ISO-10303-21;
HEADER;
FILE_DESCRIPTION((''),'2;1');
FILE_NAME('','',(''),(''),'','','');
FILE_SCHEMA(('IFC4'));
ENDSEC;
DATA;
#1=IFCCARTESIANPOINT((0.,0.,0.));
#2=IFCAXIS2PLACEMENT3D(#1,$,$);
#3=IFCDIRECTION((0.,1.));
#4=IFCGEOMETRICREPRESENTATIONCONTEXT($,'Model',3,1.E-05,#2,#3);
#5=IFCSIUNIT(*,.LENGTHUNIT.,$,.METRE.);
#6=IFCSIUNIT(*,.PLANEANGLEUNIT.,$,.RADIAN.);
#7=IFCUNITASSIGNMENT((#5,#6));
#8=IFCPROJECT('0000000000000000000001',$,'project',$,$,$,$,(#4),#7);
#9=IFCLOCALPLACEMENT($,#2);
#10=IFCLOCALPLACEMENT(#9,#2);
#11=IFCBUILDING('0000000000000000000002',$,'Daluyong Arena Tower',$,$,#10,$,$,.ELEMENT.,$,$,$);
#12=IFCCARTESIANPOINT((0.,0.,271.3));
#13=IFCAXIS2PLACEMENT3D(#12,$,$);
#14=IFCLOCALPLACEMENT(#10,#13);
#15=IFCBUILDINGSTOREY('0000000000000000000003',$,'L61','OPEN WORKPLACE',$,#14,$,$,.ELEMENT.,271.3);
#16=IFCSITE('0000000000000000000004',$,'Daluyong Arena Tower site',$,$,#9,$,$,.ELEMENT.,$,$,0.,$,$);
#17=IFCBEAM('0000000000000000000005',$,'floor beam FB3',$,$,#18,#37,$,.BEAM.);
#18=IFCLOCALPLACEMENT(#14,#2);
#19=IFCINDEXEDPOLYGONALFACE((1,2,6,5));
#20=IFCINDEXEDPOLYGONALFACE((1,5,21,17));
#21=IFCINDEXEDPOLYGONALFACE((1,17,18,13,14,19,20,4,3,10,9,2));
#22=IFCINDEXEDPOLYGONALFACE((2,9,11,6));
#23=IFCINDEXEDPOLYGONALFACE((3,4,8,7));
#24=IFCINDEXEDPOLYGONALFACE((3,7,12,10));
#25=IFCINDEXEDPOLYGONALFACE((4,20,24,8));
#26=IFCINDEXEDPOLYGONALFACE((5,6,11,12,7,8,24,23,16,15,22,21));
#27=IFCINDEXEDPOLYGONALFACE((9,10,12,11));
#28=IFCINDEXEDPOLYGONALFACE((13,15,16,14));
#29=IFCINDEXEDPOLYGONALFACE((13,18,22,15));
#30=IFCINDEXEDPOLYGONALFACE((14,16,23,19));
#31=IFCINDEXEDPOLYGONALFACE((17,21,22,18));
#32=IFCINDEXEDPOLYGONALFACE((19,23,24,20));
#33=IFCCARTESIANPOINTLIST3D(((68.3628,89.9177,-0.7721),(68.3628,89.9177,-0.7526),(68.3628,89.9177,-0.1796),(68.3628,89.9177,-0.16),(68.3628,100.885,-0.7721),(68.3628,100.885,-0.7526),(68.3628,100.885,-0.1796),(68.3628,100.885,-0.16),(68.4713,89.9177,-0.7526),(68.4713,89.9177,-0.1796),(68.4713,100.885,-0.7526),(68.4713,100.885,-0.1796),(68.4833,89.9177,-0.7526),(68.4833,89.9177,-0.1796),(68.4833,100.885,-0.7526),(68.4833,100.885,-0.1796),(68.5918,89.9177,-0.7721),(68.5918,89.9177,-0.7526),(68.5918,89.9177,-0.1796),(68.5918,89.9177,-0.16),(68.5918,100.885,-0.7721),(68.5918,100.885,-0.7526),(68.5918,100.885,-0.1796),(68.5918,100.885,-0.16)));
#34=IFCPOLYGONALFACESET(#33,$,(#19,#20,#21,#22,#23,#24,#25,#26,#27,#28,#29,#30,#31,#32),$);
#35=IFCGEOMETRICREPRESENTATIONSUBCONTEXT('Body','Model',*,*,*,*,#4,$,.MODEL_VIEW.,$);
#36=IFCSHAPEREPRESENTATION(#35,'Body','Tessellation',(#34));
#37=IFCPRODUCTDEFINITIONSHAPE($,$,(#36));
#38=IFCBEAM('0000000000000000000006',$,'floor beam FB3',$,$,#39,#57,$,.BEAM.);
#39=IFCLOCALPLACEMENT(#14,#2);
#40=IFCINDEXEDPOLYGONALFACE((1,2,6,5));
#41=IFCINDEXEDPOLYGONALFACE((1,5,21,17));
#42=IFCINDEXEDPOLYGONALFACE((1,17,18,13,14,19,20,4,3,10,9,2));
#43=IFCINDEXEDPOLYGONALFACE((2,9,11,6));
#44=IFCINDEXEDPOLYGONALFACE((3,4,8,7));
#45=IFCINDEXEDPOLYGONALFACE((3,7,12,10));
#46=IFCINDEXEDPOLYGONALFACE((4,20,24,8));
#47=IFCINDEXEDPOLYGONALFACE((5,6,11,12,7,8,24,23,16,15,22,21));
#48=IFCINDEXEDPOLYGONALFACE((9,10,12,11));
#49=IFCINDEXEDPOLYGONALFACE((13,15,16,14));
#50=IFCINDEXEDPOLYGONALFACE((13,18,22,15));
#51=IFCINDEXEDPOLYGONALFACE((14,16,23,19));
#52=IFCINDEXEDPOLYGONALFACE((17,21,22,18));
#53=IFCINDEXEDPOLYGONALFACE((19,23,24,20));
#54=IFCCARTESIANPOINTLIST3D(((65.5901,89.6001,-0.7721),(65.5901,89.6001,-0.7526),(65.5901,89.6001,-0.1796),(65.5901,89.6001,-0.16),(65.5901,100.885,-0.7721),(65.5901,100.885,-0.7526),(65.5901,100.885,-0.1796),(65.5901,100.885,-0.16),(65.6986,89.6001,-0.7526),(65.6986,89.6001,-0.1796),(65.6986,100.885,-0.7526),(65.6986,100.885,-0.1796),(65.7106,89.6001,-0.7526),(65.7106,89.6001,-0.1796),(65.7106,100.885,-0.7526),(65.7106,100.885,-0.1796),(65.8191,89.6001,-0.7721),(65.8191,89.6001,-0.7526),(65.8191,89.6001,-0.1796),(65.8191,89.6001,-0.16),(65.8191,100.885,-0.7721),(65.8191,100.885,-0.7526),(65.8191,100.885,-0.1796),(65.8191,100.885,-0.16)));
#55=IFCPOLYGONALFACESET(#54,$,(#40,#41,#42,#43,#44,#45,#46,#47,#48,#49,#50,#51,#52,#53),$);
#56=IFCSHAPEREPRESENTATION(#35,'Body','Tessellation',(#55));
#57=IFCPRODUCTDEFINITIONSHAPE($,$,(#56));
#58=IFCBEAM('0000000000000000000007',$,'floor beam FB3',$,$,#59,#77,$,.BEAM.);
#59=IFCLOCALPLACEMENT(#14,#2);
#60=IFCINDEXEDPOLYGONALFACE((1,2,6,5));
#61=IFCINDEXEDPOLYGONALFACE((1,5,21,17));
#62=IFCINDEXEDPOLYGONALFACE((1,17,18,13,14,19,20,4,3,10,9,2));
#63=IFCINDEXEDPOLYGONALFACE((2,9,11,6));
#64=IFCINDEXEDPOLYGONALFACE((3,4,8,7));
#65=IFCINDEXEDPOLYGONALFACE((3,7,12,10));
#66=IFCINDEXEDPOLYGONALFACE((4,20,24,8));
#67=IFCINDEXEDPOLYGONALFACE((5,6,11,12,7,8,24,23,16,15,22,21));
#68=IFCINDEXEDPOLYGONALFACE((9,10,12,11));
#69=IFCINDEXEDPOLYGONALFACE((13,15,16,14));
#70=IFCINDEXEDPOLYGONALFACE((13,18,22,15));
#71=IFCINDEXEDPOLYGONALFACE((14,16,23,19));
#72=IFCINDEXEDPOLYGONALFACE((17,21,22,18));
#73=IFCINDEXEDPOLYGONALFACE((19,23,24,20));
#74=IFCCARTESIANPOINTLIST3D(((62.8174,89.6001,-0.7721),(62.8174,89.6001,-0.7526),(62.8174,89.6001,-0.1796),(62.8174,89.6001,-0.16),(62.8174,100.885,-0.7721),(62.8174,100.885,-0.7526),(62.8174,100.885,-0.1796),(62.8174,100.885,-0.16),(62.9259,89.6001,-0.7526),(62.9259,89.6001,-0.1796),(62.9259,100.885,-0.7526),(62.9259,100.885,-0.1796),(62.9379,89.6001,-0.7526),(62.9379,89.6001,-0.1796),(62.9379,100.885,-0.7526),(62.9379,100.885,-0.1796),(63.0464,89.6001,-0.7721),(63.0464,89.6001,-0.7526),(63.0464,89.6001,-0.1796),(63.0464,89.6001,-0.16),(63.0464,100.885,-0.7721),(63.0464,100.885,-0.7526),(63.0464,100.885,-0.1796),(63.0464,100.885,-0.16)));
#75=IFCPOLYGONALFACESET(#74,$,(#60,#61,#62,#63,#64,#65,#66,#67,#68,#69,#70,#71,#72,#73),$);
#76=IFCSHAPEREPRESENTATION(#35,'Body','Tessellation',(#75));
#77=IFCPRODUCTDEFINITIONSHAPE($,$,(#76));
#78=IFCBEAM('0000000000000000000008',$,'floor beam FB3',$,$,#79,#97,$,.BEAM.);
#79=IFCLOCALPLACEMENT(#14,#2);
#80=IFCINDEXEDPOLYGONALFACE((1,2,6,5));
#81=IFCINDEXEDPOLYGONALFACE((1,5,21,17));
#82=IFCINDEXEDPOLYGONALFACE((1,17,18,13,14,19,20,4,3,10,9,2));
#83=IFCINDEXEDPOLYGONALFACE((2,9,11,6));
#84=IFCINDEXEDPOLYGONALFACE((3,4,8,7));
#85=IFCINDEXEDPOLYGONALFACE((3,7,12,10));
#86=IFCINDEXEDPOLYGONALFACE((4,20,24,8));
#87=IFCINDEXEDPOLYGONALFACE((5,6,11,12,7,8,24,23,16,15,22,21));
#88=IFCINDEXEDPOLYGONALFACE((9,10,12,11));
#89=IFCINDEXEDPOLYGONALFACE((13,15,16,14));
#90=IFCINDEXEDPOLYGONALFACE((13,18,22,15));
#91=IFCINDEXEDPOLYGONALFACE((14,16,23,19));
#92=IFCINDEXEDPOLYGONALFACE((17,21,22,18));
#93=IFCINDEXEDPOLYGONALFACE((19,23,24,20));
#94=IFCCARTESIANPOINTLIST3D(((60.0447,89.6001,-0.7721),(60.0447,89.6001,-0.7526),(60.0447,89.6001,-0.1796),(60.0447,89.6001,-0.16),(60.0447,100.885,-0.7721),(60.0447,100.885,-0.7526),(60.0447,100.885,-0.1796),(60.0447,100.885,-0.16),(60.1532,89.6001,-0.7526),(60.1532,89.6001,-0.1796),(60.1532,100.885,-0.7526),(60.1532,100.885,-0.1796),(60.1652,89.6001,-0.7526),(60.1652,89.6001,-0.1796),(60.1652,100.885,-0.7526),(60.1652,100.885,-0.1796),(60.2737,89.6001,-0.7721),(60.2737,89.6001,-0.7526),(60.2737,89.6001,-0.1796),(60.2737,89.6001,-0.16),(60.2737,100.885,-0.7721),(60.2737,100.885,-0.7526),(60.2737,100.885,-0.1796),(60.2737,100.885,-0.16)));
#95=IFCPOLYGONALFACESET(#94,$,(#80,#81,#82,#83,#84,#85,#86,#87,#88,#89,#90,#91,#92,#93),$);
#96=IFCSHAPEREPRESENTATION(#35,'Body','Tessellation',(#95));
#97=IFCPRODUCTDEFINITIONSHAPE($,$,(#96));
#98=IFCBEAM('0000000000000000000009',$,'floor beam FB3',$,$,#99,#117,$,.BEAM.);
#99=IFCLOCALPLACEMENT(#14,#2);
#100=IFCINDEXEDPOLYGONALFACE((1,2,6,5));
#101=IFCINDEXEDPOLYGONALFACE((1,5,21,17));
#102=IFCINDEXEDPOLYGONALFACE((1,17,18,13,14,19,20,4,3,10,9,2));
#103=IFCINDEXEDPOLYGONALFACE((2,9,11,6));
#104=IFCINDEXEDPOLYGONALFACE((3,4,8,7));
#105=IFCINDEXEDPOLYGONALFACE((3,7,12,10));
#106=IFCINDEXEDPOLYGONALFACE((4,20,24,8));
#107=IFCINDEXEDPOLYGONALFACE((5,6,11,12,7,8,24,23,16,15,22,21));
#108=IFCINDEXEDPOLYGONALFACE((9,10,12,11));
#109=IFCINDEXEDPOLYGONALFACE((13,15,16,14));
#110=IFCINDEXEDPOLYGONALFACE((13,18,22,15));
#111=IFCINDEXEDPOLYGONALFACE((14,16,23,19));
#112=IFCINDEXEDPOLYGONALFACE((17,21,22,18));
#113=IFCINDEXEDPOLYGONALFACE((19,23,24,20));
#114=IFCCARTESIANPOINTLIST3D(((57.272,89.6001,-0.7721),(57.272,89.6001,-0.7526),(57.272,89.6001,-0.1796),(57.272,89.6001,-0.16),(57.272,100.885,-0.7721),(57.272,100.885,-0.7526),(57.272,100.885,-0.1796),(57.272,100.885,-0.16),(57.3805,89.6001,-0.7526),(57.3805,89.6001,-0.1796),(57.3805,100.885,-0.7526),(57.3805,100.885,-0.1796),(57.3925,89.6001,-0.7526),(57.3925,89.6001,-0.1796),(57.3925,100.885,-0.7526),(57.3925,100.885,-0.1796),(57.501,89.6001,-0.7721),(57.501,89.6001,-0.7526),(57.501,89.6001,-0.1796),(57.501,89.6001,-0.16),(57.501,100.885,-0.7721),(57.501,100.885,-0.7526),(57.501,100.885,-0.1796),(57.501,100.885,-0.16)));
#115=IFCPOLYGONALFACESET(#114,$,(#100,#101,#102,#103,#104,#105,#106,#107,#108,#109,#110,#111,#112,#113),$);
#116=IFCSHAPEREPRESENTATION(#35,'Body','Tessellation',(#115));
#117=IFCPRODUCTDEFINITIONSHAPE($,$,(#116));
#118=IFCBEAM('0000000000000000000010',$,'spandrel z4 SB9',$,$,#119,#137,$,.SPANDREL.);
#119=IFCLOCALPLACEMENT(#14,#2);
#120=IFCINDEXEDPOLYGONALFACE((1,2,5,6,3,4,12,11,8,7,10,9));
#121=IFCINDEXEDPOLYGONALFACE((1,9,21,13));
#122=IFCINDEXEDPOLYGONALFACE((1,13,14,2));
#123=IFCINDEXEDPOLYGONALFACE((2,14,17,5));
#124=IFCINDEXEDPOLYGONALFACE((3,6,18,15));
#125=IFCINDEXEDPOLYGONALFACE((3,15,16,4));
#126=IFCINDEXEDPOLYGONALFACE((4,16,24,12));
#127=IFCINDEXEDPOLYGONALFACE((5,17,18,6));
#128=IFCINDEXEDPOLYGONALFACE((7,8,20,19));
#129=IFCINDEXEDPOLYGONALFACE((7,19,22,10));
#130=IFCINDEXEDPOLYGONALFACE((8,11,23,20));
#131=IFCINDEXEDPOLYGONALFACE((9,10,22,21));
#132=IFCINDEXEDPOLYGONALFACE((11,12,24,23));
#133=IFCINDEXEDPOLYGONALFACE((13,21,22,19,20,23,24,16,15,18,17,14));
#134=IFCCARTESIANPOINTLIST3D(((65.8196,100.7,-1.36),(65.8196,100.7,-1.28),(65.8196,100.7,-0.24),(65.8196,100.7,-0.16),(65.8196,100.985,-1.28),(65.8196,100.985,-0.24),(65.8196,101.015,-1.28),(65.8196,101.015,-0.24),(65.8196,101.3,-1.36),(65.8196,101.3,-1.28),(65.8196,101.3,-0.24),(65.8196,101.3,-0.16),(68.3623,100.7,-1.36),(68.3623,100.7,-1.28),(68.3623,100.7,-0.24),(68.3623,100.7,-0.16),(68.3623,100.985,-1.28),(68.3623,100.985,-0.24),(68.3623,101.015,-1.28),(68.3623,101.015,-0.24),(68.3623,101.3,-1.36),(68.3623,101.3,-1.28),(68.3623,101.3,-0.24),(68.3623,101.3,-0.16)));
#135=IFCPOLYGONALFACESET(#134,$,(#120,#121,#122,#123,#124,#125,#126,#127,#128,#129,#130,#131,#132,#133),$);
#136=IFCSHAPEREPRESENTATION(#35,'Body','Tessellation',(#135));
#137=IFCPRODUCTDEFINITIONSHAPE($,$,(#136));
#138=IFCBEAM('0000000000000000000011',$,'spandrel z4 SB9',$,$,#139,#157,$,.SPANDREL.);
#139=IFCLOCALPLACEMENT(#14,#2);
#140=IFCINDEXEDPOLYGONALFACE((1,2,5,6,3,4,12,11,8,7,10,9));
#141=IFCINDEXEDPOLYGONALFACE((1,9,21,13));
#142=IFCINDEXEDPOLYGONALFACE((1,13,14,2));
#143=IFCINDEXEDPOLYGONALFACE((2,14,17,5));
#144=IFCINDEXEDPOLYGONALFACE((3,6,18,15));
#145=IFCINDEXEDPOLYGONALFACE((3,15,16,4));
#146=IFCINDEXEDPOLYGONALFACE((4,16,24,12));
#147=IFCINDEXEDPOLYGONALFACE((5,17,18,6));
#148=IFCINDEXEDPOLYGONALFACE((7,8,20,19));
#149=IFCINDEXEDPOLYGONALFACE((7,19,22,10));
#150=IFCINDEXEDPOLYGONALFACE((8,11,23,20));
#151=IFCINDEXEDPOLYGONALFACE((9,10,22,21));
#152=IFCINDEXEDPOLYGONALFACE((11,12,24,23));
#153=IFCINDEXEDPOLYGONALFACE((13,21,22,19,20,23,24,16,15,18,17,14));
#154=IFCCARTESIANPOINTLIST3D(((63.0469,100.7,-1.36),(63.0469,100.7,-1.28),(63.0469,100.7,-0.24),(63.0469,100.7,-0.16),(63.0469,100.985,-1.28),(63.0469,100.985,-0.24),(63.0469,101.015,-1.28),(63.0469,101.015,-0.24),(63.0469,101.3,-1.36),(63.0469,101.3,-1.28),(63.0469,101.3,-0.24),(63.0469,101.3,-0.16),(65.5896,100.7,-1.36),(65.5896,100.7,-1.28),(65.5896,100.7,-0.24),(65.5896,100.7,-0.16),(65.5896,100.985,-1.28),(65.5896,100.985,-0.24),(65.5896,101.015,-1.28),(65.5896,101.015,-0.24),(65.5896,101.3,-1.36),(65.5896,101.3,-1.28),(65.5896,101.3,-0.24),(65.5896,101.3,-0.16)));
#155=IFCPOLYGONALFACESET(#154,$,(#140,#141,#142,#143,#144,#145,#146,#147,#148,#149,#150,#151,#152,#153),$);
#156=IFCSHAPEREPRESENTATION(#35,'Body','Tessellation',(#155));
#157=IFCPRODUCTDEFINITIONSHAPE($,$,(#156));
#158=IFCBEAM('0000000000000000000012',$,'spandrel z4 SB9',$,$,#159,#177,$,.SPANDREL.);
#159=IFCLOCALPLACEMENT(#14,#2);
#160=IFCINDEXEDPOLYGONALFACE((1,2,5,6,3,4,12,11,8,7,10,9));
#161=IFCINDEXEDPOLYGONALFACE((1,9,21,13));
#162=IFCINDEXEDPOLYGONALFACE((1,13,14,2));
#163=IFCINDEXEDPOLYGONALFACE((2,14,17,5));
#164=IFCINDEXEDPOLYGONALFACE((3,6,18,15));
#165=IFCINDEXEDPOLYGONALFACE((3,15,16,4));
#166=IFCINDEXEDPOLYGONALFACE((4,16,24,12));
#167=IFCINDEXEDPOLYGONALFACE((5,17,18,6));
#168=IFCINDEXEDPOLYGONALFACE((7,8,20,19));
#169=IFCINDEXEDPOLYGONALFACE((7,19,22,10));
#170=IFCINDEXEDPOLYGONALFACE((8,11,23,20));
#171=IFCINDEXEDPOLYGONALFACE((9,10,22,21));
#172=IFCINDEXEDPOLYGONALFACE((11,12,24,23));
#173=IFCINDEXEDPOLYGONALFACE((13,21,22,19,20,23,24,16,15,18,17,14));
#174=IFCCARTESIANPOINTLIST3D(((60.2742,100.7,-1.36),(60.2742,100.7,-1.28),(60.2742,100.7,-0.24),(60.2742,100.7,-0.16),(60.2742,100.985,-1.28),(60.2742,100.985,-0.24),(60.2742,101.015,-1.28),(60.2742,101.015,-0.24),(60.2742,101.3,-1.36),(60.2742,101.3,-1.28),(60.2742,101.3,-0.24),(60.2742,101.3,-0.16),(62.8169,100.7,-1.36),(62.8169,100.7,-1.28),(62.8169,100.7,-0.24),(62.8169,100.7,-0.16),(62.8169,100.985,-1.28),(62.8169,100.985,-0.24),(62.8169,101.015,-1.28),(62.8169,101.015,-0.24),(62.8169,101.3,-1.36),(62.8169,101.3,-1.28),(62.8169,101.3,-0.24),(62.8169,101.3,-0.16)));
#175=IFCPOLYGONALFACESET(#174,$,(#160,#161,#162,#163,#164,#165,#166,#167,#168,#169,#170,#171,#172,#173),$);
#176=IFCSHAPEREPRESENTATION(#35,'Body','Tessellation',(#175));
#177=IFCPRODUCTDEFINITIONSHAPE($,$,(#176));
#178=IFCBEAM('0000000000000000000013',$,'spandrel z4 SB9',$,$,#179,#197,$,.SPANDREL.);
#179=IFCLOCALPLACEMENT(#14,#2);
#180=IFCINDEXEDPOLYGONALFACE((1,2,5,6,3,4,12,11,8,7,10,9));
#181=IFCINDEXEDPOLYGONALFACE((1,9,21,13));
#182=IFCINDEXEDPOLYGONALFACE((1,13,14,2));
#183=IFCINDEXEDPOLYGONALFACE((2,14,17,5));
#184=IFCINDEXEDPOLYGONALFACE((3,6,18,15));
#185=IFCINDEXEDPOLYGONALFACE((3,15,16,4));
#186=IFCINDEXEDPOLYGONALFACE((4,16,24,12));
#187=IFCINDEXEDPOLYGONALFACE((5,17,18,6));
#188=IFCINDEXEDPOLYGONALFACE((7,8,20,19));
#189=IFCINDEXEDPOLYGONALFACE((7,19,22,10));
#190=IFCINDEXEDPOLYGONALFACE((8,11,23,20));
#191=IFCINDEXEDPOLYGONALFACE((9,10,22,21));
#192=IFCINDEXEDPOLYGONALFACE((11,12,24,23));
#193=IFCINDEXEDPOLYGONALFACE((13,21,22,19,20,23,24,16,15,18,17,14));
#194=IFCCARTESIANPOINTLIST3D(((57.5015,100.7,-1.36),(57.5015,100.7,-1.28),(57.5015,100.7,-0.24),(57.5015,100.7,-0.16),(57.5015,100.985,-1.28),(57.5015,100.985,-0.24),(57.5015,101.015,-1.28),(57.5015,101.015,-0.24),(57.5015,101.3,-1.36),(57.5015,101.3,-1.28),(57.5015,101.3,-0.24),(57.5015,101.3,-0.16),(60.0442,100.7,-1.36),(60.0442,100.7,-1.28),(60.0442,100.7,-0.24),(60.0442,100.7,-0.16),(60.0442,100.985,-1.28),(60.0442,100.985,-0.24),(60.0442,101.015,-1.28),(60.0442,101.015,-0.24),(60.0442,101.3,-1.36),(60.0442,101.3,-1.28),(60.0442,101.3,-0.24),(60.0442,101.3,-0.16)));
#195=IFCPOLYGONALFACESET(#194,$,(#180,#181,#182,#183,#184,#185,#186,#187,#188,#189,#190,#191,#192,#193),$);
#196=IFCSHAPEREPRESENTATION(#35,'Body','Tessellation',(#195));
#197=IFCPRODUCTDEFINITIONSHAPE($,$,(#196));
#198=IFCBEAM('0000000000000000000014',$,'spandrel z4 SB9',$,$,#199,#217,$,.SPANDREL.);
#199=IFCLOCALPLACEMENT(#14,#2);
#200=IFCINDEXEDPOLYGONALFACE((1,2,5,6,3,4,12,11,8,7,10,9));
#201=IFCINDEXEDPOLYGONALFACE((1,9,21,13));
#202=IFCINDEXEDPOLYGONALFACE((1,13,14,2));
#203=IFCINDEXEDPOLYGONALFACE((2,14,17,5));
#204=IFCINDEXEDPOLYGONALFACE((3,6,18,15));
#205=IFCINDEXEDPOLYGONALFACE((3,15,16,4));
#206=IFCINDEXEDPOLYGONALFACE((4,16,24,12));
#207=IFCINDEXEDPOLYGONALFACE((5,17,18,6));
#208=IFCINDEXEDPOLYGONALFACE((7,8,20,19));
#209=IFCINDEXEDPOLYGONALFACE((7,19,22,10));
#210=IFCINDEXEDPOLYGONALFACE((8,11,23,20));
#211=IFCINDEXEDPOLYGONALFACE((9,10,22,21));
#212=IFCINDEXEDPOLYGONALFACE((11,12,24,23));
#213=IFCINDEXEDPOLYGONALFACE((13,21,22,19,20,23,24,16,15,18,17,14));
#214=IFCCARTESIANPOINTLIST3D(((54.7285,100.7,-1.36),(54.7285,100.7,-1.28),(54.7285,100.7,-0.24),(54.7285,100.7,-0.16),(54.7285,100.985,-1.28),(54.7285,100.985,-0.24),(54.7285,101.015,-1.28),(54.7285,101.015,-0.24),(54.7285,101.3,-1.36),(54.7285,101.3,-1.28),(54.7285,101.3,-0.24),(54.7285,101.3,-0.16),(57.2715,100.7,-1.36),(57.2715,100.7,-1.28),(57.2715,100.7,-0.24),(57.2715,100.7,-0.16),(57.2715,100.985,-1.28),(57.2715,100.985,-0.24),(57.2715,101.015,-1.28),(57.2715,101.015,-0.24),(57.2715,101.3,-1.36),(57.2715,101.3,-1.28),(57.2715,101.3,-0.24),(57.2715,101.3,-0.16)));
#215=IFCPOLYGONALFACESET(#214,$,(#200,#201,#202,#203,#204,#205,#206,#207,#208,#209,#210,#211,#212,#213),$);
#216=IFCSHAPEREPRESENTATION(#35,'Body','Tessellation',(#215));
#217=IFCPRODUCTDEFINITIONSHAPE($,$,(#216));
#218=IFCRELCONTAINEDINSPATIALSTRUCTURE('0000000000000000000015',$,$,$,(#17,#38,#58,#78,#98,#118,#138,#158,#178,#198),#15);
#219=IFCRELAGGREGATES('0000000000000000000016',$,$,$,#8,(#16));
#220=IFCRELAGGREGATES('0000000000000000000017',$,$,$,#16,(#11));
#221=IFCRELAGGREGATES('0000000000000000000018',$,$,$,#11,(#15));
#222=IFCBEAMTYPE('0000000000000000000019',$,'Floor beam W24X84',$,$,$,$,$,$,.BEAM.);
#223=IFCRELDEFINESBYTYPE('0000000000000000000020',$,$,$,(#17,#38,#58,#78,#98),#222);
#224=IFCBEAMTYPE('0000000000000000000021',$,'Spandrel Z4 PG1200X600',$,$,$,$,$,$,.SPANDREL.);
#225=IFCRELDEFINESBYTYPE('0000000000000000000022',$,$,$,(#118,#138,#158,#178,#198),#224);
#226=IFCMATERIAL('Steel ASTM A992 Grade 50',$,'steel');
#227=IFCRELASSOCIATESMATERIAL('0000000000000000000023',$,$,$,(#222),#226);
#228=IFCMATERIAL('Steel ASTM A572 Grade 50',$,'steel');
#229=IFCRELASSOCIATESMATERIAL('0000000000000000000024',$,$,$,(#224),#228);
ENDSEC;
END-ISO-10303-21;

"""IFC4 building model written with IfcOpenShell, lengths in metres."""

from ifc_helpers import new_model, si_unit, direction, frame, origin, origin_2d, place, context, subcontext, project, spatial, i_section, extrude, material, material_profile, profile_set, type_object, element, save


model = new_model("IFC4")

# Units and contexts
model_context = context("Model", 3, precision=1e-05, world=origin(), true_north=direction((0.0, 1.0)))
body_context = subcontext(model_context, "Body", "Model", "MODEL_VIEW")
ifc_project = project(units=[si_unit("LENGTHUNIT", "METRE"), si_unit("PLANEANGLEUNIT", "RADIAN")], contexts=[model_context])

# Site, building, storey
site_placement = place(None, origin())
site = spatial("IfcSite", under=ifc_project, at=site_placement, Name="Daluyong Arena Tower site", CompositionType="ELEMENT", RefElevation=0.0)
building_placement = place(site_placement, origin())
building = spatial("IfcBuilding", under=site, at=building_placement, Name="Daluyong Arena Tower", CompositionType="ELEMENT")
storey_placement = place(building_placement, frame((0.0, 0.0, 271.3)))
storey = spatial("IfcBuildingStorey", under=building, at=storey_placement, Name="L61", Description="OPEN WORKPLACE", CompositionType="ELEMENT", Elevation=271.3)

# Beams
ifc_material_1 = material(Name="Steel ASTM A992 Grade 50", Category="steel")
ifc_material_profile_1 = material_profile(ifc_material_1, i_section(OverallWidth=0.229, OverallDepth=0.6121, WebThickness=0.012, FlangeThickness=0.0195, at=origin_2d()))
ifc_profile_set_1 = profile_set([ifc_material_profile_1], Name="Steel ASTM A992 Grade 50")
beam_type_1 = type_object("IfcBeamType", Name="Floor beam W24X84", PredefinedType="BEAM", material=ifc_profile_set_1)
beam_1_placement = place(storey_placement, frame((68.4773, 100.885, -0.4661), z_axis=(0.0, -1.0, 0.0), x_axis=(1.0, 0.0, 0.0)))
element("IfcBeam", 1, at=beam_1_placement, inside=storey, type_object=beam_type_1, Name="floor beam FB3", PredefinedType="BEAM", context=body_context, shape_type="SweptSolid", body=[
    extrude(i_section(OverallWidth=0.229, OverallDepth=0.6121, WebThickness=0.012, FlangeThickness=0.0195, at=origin_2d()), origin(), (0.0, 0.0, 1.0), 10.9673),
])
for number, where, z_axis, x_axis, name in (
    (2, (65.7046, 100.885, -0.4661), (0.0, -1.0, 0.0), (1.0, 0.0, 0.0), "floor beam FB3"),
    (3, (62.9319, 100.885, -0.4661), (0.0, -1.0, 0.0), (1.0, 0.0, 0.0), "floor beam FB3"),
    (4, (60.1592, 100.885, -0.4661), (0.0, -1.0, 0.0), (1.0, 0.0, 0.0), "floor beam FB3"),
    (5, (57.3865, 100.885, -0.4661), (0.0, -1.0, 0.0), (1.0, 0.0, 0.0), "floor beam FB3"),
):
    element("IfcBeam", number, at=place(storey_placement, frame(where, z_axis=z_axis, x_axis=x_axis)), inside=storey, type_object=beam_type_1, Name=name, PredefinedType="BEAM", context=body_context, shape_type="SweptSolid", body=[
        extrude(i_section(OverallWidth=0.229, OverallDepth=0.6121, WebThickness=0.012, FlangeThickness=0.0195, at=origin_2d()), origin(), (0.0, 0.0, 1.0), 11.2849),
    ])
ifc_material_2 = material(Name="Steel ASTM A572 Grade 50", Category="steel")
ifc_material_profile_2 = material_profile(ifc_material_2, i_section(OverallWidth=0.6001, OverallDepth=1.2, WebThickness=0.03, FlangeThickness=0.08, at=origin_2d()))
ifc_profile_set_2 = profile_set([ifc_material_profile_2], Name="Steel ASTM A572 Grade 50")
beam_type_2 = type_object("IfcBeamType", Name="Spandrel Z4 PG1200X600", PredefinedType="SPANDREL", material=ifc_profile_set_2)
for number, where, z_axis, x_axis, name in (
    (6, (68.3623, 101.0, -0.76), (-1.0, 0.0, 0.0), (0.0, -1.0, 0.0), "spandrel z4 SB9"),
    (7, (65.5896, 101.0, -0.76), (-1.0, 0.0, 0.0), (0.0, -1.0, 0.0), "spandrel z4 SB9"),
    (8, (62.8169, 101.0, -0.76), (-1.0, 0.0, 0.0), (0.0, -1.0, 0.0), "spandrel z4 SB9"),
    (9, (60.0442, 101.0, -0.76), (-1.0, 0.0, 0.0), (0.0, -1.0, 0.0), "spandrel z4 SB9"),
):
    element("IfcBeam", number, at=place(storey_placement, frame(where, z_axis=z_axis, x_axis=x_axis)), inside=storey, type_object=beam_type_2, Name=name, PredefinedType="SPANDREL", context=body_context, shape_type="SweptSolid", body=[
        extrude(i_section(OverallWidth=0.6001, OverallDepth=1.2, WebThickness=0.03, FlangeThickness=0.08, at=origin_2d()), origin(), (0.0, 0.0, 1.0), 2.5427),
    ])
beam_2_placement = place(storey_placement, frame((57.2715, 101.0, -0.76), z_axis=(-1.0, 0.0, 0.0), x_axis=(0.0, -1.0, 0.0)))
element("IfcBeam", 10, at=beam_2_placement, inside=storey, type_object=beam_type_2, Name="spandrel z4 SB9", PredefinedType="SPANDREL", context=body_context, shape_type="SweptSolid", body=[
    extrude(i_section(OverallWidth=0.6001, OverallDepth=1.2, WebThickness=0.03, FlangeThickness=0.08, at=origin_2d()), origin(), (0.0, 0.0, 1.0), 2.543),
])

save(model, "model.ifc")
